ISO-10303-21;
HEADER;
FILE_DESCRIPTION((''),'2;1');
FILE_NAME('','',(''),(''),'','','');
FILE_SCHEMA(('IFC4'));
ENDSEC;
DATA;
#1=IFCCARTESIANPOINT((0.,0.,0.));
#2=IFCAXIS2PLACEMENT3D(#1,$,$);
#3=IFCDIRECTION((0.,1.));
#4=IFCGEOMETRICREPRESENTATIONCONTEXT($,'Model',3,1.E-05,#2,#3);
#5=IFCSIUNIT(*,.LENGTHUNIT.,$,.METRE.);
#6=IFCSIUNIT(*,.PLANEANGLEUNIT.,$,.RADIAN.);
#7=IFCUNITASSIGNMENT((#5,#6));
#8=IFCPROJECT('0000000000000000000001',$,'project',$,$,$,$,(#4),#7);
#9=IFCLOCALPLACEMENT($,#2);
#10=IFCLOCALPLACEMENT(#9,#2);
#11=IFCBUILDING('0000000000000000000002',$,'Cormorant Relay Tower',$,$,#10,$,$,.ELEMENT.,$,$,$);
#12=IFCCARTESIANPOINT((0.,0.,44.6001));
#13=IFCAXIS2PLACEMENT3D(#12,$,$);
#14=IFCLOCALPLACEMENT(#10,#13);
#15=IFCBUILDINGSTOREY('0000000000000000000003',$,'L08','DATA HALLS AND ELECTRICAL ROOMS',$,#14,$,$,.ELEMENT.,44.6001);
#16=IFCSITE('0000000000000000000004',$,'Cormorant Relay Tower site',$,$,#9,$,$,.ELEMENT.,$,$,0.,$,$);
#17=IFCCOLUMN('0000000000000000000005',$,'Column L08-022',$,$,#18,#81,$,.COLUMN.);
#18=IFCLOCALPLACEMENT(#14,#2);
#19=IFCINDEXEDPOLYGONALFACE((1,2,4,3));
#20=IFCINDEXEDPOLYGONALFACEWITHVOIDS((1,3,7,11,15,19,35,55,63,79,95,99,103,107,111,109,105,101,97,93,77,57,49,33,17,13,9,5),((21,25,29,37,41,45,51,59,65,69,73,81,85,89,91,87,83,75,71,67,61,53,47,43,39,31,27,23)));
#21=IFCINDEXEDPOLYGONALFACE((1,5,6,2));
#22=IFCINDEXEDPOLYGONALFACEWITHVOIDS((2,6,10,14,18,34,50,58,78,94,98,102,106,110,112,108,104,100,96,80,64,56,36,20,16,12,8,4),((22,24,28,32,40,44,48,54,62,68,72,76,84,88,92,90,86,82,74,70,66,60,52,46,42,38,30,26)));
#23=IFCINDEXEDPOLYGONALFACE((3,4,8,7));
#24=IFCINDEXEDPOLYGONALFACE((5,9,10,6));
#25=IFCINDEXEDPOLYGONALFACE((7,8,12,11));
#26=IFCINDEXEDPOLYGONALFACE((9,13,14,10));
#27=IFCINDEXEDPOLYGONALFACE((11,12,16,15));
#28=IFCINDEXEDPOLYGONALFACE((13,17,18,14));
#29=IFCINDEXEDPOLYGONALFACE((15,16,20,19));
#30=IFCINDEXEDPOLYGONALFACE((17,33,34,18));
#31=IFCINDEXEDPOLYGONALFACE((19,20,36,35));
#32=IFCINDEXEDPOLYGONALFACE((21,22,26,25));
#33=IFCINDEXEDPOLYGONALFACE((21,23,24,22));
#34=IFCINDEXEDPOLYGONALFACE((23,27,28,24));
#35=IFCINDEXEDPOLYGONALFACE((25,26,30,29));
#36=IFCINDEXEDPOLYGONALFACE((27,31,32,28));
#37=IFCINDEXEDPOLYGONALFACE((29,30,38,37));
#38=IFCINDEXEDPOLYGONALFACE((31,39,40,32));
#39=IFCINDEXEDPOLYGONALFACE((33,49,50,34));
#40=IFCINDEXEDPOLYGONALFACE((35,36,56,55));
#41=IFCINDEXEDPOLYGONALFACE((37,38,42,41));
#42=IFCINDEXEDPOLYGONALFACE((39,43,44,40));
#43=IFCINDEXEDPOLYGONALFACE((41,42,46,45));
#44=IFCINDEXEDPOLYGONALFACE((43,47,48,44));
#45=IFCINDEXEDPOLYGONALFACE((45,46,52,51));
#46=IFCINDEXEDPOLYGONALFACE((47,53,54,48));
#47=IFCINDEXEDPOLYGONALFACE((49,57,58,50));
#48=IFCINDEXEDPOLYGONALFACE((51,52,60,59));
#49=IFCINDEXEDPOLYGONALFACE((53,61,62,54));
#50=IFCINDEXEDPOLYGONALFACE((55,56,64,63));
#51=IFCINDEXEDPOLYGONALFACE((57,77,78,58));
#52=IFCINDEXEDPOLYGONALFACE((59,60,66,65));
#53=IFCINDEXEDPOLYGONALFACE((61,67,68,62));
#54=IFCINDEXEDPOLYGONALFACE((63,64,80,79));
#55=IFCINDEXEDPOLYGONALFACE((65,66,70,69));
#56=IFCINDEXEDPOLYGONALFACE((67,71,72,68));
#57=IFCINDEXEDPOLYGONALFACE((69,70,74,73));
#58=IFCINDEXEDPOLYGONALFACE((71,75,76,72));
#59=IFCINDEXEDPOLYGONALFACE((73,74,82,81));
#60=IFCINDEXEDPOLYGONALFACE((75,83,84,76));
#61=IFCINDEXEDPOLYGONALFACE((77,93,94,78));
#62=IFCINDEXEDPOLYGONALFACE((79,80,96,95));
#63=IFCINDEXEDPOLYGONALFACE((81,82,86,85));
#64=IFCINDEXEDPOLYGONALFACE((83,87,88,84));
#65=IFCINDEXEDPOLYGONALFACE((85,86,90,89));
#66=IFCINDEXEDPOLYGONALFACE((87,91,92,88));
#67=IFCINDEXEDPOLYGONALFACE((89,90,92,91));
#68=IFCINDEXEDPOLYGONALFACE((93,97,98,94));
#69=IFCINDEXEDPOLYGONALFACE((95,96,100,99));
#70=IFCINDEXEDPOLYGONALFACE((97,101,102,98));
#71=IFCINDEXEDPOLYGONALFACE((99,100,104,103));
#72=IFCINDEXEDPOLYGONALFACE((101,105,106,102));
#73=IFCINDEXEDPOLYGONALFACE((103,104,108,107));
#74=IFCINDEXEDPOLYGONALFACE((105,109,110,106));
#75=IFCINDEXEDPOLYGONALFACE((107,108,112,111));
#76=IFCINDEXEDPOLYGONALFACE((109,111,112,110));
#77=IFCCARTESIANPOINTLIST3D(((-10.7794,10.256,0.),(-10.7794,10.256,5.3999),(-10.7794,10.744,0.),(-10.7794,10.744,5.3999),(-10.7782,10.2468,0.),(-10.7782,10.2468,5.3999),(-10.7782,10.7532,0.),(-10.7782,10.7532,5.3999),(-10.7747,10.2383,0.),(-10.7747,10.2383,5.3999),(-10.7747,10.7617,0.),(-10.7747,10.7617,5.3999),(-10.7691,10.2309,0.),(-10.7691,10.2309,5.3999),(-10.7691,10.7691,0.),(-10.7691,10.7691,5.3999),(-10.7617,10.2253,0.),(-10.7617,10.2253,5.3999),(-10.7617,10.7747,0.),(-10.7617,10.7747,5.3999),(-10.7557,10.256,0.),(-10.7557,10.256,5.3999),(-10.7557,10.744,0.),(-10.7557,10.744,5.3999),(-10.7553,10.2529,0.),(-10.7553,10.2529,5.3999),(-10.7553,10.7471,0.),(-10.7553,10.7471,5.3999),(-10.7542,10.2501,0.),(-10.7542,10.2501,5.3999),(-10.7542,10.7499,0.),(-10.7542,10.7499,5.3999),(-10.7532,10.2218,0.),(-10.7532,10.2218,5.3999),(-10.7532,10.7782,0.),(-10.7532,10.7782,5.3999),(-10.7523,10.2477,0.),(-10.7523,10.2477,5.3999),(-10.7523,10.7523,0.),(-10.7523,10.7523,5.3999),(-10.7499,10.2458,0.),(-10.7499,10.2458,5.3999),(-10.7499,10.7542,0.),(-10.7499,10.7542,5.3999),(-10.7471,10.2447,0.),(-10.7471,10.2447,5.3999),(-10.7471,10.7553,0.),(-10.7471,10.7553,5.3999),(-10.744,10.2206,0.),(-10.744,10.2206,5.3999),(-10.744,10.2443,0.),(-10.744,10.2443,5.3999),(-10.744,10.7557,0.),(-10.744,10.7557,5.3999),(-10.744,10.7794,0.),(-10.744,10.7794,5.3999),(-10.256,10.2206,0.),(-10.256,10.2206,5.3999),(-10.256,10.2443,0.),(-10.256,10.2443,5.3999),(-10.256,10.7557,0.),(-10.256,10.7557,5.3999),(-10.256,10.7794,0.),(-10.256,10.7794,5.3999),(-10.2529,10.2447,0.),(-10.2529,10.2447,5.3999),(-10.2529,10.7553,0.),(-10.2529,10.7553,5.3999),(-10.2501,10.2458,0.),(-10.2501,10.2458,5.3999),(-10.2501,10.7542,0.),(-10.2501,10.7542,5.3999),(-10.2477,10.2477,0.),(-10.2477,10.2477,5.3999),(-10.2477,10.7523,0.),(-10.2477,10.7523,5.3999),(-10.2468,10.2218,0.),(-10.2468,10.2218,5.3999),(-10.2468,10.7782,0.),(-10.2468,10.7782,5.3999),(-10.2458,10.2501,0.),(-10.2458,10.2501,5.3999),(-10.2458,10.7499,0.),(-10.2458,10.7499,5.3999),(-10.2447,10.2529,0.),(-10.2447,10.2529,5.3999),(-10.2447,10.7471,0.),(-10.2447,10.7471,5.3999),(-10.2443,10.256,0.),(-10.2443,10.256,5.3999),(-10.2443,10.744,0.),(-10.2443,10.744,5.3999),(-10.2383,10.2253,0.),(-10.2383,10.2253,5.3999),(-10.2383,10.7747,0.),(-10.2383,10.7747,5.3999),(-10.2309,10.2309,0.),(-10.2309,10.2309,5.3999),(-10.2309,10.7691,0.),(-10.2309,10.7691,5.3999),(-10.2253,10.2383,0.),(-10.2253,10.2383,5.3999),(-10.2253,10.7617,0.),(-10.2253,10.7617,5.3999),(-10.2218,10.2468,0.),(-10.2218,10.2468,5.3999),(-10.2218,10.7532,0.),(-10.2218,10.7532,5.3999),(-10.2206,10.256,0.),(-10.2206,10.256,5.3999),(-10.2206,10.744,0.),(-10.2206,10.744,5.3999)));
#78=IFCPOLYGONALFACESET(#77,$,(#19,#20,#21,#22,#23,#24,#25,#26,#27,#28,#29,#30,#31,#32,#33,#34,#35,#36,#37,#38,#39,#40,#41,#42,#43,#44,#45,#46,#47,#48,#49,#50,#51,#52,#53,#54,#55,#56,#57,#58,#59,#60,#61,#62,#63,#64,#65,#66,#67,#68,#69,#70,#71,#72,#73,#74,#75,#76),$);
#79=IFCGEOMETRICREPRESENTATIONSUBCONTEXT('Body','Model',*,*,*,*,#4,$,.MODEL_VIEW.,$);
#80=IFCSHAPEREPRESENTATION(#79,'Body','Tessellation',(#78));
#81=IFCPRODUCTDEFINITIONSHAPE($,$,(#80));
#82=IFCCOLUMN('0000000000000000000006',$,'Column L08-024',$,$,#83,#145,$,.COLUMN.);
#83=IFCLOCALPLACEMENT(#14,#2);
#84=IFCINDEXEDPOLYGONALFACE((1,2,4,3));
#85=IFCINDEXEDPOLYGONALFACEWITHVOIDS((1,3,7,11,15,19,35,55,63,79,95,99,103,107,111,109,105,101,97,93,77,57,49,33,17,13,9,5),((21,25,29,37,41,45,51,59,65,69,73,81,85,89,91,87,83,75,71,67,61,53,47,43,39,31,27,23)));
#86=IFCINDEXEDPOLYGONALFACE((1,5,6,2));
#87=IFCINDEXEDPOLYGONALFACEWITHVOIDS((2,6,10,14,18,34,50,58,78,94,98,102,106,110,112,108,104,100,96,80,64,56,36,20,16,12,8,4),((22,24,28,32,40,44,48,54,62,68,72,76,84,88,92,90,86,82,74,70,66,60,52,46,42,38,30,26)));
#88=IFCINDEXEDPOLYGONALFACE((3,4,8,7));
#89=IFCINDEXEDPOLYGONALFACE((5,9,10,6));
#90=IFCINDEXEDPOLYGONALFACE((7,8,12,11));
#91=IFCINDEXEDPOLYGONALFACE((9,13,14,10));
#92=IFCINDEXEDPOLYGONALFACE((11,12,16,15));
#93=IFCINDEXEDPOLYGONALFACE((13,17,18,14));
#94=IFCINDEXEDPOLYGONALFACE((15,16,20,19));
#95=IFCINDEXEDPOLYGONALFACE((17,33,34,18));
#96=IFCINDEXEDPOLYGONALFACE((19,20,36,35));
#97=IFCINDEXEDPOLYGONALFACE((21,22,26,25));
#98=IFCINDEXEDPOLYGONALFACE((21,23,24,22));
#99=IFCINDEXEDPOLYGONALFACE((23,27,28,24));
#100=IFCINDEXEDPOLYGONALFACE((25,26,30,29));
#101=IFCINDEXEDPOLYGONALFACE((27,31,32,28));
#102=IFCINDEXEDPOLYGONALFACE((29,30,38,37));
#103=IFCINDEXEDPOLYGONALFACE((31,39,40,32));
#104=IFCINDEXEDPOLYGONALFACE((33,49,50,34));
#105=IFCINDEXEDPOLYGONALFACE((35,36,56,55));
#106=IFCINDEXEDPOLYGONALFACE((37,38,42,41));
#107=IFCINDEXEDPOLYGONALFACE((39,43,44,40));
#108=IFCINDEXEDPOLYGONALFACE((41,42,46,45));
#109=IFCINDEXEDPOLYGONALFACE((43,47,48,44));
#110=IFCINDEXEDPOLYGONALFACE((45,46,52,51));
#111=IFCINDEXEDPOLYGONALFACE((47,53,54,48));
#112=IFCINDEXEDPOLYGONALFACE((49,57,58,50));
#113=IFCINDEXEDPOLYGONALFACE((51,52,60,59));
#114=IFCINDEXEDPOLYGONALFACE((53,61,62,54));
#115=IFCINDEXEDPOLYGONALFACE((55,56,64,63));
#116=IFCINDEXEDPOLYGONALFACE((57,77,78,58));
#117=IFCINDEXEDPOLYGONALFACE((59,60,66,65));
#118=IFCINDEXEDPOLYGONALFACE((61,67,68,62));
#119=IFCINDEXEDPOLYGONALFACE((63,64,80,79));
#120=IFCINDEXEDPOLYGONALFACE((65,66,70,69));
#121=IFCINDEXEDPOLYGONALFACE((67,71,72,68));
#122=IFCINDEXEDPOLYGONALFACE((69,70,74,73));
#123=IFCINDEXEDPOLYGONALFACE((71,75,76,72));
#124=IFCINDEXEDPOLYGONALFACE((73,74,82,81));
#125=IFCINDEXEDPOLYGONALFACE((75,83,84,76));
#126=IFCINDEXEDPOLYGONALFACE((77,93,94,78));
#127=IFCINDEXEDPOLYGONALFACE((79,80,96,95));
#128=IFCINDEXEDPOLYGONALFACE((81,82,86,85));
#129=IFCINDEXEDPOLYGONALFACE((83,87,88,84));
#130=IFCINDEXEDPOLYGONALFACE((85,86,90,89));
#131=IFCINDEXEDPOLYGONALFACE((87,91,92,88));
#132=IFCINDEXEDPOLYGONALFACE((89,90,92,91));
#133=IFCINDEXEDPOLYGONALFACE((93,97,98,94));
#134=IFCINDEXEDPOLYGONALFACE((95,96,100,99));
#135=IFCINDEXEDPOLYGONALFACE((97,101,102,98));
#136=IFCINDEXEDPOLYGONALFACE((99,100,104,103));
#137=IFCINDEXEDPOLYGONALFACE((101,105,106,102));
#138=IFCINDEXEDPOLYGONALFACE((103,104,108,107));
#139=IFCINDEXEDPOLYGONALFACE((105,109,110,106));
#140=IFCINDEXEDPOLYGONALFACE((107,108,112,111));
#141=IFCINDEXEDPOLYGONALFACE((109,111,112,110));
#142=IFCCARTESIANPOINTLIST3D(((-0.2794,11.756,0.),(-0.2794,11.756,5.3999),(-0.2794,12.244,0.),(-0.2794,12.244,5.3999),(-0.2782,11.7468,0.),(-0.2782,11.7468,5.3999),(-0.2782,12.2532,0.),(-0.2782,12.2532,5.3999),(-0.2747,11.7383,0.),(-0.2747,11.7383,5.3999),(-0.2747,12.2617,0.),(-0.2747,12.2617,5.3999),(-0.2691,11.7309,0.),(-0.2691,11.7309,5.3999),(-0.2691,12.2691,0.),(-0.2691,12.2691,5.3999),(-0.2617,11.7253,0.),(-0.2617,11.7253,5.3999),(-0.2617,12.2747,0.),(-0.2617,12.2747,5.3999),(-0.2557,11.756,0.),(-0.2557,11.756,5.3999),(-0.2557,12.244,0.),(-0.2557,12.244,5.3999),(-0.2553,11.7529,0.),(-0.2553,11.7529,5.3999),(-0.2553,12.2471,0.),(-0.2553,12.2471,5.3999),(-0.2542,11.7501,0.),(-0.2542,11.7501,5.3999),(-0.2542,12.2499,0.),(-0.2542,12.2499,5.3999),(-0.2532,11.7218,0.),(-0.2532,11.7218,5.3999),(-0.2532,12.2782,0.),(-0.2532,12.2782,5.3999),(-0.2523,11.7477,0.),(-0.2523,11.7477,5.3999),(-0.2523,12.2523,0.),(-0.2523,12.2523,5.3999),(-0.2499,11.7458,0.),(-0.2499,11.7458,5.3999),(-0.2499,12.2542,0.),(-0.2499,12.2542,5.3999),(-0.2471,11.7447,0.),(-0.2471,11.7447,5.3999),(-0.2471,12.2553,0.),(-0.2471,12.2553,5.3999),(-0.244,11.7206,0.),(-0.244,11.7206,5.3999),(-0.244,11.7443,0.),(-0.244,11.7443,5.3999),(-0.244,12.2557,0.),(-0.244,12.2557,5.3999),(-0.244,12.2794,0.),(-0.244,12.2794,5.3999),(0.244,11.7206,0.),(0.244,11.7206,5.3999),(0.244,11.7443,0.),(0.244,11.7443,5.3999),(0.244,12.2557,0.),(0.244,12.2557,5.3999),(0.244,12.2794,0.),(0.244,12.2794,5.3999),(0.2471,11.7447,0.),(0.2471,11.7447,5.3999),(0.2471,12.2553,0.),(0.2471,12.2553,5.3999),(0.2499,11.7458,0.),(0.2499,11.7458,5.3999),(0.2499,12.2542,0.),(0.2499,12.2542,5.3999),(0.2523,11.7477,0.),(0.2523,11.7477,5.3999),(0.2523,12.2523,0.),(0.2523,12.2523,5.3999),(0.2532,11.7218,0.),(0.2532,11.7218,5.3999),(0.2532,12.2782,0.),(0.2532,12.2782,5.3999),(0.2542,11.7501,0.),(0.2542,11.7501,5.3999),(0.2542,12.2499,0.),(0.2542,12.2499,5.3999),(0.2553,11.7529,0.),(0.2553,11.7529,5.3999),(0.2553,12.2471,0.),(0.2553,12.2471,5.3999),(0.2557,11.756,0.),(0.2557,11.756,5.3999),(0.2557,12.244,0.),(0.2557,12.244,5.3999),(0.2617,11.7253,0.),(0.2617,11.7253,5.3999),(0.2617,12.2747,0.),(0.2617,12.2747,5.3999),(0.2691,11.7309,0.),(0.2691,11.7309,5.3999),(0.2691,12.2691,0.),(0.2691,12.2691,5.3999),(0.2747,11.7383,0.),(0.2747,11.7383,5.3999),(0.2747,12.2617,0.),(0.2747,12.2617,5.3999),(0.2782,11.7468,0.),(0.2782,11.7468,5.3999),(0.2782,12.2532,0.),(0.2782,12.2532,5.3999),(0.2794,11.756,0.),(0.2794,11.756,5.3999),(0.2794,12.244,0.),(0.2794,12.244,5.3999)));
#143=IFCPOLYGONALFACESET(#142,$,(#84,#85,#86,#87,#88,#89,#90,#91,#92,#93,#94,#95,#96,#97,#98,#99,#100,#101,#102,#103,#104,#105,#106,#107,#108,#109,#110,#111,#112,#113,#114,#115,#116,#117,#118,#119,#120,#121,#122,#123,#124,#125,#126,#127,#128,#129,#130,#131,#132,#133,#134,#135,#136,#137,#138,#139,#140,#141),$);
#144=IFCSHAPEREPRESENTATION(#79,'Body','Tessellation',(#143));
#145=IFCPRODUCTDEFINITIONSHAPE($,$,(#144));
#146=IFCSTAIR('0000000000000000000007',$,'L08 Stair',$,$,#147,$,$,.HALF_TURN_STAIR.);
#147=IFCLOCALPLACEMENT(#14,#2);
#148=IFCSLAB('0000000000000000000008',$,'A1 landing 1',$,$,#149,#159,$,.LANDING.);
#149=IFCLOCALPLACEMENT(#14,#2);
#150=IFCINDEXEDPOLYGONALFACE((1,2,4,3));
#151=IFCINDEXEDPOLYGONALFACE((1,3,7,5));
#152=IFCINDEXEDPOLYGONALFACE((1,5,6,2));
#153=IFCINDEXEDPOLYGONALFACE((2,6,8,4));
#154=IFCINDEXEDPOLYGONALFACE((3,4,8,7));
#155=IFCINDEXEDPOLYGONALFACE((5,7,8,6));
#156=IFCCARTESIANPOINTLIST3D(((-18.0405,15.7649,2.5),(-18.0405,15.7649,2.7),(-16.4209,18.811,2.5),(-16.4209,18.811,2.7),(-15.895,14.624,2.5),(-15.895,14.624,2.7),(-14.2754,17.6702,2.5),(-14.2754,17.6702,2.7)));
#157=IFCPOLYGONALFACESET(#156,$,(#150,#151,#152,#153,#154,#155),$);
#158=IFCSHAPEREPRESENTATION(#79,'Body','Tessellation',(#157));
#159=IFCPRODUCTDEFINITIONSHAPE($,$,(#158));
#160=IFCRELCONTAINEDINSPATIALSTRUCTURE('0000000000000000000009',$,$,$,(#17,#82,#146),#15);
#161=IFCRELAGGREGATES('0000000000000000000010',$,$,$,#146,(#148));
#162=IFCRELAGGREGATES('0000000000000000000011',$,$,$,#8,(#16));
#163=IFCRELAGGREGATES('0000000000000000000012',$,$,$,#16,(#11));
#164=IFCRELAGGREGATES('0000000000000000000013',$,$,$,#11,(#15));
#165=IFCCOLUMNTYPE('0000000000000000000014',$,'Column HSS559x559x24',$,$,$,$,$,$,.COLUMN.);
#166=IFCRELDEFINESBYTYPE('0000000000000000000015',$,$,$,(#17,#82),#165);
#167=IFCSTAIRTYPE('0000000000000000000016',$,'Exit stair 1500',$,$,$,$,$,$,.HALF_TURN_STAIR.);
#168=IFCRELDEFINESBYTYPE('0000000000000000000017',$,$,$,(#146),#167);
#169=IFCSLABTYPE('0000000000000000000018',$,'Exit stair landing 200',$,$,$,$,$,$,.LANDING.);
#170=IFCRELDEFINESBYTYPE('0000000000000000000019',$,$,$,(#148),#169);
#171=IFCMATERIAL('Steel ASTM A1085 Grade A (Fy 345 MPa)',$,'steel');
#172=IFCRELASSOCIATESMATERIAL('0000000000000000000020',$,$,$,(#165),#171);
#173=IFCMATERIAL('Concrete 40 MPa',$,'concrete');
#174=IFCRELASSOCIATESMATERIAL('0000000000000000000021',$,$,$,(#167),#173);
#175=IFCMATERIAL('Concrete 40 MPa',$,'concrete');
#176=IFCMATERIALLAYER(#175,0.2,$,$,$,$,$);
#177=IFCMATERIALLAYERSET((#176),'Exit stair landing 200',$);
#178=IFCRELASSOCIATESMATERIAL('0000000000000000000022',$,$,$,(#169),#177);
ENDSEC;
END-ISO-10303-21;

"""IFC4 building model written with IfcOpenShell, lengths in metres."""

from ifc_helpers import new_model, si_unit, direction, frame, origin, origin_2d, place, context, subcontext, project, spatial, polyline, hollow_rectangle, outline, extrude, material, layer, layer_set, material_profile, profile_set, type_object, element, aggregate, save


model = new_model("IFC4")

# Units and contexts
model_context = context("Model", 3, precision=1e-05, world=origin(), true_north=direction((0.0, 1.0)))
body_context = subcontext(model_context, "Body", "Model", "MODEL_VIEW")
ifc_project = project(units=[si_unit("LENGTHUNIT", "METRE"), si_unit("PLANEANGLEUNIT", "RADIAN")], contexts=[model_context])

# Site, building, storey
site_placement = place(None, origin())
site = spatial("IfcSite", under=ifc_project, at=site_placement, Name="Cormorant Relay Tower site", CompositionType="ELEMENT", RefElevation=0.0)
building_placement = place(site_placement, origin())
building = spatial("IfcBuilding", under=site, at=building_placement, Name="Cormorant Relay Tower", CompositionType="ELEMENT")
storey_placement = place(building_placement, frame((0.0, 0.0, 44.6001)))
storey = spatial("IfcBuildingStorey", under=building, at=storey_placement, Name="L08", Description="DATA HALLS AND ELECTRICAL ROOMS", CompositionType="ELEMENT", Elevation=44.6001)

# Columns
ifc_material_1 = material(Name="Steel ASTM A1085 Grade A (Fy 345 MPa)", Category="steel")
ifc_material_profile = material_profile(ifc_material_1, hollow_rectangle(XDim=0.5588, YDim=0.5588, WallThickness=0.0237, InnerFilletRadius=0.0117, OuterFilletRadius=0.0354, at=origin_2d()), Name="HSS559x559x24")
ifc_profile_set = profile_set([ifc_material_profile], Name="Steel ASTM A1085 Grade A (Fy 345 MPa)")
column_type = type_object("IfcColumnType", Name="Column HSS559x559x24", PredefinedType="COLUMN", material=ifc_profile_set)
for number, where, z_axis, x_axis, name in (
    (1, (-10.5, 10.5, 0.0), (0.0, 0.0, 1.0), (1.0, 0.0, 0.0), "Column L08-022"),
    (2, (0.0, 12.0, 0.0), (0.0, 0.0, 1.0), (1.0, 0.0, 0.0), "Column L08-024"),
):
    element("IfcColumn", number, at=place(storey_placement, frame(where, z_axis=z_axis, x_axis=x_axis)), inside=storey, type_object=column_type, Name=name, PredefinedType="COLUMN", context=body_context, shape_type="SweptSolid", body=[
        extrude(hollow_rectangle(XDim=0.5588, YDim=0.5588, WallThickness=0.0237, InnerFilletRadius=0.0117, OuterFilletRadius=0.0354, at=origin_2d()), origin(), (0.0, 0.0, 1.0), 5.3999),
    ])

# Stair, slab
ifc_material_2 = material(Name="Concrete 40 MPa", Category="concrete")
stair_type = type_object("IfcStairType", Name="Exit stair 1500", PredefinedType="HALF_TURN_STAIR", material=ifc_material_2)
stair_placement = place(storey_placement, origin())
stair = element("IfcStair", 3, at=stair_placement, inside=storey, type_object=stair_type, Name="L08 Stair", PredefinedType="HALF_TURN_STAIR")
ifc_material_3 = material(Name="Concrete 40 MPa", Category="concrete")
ifc_layer_1 = layer(ifc_material_3, 0.2)
ifc_layer_set_1 = layer_set([ifc_layer_1], Name="Exit stair landing 200")
slab_type_1 = type_object("IfcSlabType", Name="Exit stair landing 200", PredefinedType="LANDING", material=ifc_layer_set_1)
slab_1_placement = place(storey_placement, frame((0.0, 0.0, 2.5)))
slab_1 = element("IfcSlab", 4, at=slab_1_placement, type_object=slab_type_1, Name="A1 landing 1", PredefinedType="LANDING", context=body_context, shape_type="SweptSolid", body=[
    extrude(outline(polyline([(-18.0405, 15.7649), (-15.895, 14.624), (-14.2754, 17.6702), (-16.4209, 18.811), (-18.0405, 15.7649)])), origin(), (0.0, 0.0, 1.0), 0.2),
])
aggregate(stair, [slab_1])

save(model, "model.ifc")
